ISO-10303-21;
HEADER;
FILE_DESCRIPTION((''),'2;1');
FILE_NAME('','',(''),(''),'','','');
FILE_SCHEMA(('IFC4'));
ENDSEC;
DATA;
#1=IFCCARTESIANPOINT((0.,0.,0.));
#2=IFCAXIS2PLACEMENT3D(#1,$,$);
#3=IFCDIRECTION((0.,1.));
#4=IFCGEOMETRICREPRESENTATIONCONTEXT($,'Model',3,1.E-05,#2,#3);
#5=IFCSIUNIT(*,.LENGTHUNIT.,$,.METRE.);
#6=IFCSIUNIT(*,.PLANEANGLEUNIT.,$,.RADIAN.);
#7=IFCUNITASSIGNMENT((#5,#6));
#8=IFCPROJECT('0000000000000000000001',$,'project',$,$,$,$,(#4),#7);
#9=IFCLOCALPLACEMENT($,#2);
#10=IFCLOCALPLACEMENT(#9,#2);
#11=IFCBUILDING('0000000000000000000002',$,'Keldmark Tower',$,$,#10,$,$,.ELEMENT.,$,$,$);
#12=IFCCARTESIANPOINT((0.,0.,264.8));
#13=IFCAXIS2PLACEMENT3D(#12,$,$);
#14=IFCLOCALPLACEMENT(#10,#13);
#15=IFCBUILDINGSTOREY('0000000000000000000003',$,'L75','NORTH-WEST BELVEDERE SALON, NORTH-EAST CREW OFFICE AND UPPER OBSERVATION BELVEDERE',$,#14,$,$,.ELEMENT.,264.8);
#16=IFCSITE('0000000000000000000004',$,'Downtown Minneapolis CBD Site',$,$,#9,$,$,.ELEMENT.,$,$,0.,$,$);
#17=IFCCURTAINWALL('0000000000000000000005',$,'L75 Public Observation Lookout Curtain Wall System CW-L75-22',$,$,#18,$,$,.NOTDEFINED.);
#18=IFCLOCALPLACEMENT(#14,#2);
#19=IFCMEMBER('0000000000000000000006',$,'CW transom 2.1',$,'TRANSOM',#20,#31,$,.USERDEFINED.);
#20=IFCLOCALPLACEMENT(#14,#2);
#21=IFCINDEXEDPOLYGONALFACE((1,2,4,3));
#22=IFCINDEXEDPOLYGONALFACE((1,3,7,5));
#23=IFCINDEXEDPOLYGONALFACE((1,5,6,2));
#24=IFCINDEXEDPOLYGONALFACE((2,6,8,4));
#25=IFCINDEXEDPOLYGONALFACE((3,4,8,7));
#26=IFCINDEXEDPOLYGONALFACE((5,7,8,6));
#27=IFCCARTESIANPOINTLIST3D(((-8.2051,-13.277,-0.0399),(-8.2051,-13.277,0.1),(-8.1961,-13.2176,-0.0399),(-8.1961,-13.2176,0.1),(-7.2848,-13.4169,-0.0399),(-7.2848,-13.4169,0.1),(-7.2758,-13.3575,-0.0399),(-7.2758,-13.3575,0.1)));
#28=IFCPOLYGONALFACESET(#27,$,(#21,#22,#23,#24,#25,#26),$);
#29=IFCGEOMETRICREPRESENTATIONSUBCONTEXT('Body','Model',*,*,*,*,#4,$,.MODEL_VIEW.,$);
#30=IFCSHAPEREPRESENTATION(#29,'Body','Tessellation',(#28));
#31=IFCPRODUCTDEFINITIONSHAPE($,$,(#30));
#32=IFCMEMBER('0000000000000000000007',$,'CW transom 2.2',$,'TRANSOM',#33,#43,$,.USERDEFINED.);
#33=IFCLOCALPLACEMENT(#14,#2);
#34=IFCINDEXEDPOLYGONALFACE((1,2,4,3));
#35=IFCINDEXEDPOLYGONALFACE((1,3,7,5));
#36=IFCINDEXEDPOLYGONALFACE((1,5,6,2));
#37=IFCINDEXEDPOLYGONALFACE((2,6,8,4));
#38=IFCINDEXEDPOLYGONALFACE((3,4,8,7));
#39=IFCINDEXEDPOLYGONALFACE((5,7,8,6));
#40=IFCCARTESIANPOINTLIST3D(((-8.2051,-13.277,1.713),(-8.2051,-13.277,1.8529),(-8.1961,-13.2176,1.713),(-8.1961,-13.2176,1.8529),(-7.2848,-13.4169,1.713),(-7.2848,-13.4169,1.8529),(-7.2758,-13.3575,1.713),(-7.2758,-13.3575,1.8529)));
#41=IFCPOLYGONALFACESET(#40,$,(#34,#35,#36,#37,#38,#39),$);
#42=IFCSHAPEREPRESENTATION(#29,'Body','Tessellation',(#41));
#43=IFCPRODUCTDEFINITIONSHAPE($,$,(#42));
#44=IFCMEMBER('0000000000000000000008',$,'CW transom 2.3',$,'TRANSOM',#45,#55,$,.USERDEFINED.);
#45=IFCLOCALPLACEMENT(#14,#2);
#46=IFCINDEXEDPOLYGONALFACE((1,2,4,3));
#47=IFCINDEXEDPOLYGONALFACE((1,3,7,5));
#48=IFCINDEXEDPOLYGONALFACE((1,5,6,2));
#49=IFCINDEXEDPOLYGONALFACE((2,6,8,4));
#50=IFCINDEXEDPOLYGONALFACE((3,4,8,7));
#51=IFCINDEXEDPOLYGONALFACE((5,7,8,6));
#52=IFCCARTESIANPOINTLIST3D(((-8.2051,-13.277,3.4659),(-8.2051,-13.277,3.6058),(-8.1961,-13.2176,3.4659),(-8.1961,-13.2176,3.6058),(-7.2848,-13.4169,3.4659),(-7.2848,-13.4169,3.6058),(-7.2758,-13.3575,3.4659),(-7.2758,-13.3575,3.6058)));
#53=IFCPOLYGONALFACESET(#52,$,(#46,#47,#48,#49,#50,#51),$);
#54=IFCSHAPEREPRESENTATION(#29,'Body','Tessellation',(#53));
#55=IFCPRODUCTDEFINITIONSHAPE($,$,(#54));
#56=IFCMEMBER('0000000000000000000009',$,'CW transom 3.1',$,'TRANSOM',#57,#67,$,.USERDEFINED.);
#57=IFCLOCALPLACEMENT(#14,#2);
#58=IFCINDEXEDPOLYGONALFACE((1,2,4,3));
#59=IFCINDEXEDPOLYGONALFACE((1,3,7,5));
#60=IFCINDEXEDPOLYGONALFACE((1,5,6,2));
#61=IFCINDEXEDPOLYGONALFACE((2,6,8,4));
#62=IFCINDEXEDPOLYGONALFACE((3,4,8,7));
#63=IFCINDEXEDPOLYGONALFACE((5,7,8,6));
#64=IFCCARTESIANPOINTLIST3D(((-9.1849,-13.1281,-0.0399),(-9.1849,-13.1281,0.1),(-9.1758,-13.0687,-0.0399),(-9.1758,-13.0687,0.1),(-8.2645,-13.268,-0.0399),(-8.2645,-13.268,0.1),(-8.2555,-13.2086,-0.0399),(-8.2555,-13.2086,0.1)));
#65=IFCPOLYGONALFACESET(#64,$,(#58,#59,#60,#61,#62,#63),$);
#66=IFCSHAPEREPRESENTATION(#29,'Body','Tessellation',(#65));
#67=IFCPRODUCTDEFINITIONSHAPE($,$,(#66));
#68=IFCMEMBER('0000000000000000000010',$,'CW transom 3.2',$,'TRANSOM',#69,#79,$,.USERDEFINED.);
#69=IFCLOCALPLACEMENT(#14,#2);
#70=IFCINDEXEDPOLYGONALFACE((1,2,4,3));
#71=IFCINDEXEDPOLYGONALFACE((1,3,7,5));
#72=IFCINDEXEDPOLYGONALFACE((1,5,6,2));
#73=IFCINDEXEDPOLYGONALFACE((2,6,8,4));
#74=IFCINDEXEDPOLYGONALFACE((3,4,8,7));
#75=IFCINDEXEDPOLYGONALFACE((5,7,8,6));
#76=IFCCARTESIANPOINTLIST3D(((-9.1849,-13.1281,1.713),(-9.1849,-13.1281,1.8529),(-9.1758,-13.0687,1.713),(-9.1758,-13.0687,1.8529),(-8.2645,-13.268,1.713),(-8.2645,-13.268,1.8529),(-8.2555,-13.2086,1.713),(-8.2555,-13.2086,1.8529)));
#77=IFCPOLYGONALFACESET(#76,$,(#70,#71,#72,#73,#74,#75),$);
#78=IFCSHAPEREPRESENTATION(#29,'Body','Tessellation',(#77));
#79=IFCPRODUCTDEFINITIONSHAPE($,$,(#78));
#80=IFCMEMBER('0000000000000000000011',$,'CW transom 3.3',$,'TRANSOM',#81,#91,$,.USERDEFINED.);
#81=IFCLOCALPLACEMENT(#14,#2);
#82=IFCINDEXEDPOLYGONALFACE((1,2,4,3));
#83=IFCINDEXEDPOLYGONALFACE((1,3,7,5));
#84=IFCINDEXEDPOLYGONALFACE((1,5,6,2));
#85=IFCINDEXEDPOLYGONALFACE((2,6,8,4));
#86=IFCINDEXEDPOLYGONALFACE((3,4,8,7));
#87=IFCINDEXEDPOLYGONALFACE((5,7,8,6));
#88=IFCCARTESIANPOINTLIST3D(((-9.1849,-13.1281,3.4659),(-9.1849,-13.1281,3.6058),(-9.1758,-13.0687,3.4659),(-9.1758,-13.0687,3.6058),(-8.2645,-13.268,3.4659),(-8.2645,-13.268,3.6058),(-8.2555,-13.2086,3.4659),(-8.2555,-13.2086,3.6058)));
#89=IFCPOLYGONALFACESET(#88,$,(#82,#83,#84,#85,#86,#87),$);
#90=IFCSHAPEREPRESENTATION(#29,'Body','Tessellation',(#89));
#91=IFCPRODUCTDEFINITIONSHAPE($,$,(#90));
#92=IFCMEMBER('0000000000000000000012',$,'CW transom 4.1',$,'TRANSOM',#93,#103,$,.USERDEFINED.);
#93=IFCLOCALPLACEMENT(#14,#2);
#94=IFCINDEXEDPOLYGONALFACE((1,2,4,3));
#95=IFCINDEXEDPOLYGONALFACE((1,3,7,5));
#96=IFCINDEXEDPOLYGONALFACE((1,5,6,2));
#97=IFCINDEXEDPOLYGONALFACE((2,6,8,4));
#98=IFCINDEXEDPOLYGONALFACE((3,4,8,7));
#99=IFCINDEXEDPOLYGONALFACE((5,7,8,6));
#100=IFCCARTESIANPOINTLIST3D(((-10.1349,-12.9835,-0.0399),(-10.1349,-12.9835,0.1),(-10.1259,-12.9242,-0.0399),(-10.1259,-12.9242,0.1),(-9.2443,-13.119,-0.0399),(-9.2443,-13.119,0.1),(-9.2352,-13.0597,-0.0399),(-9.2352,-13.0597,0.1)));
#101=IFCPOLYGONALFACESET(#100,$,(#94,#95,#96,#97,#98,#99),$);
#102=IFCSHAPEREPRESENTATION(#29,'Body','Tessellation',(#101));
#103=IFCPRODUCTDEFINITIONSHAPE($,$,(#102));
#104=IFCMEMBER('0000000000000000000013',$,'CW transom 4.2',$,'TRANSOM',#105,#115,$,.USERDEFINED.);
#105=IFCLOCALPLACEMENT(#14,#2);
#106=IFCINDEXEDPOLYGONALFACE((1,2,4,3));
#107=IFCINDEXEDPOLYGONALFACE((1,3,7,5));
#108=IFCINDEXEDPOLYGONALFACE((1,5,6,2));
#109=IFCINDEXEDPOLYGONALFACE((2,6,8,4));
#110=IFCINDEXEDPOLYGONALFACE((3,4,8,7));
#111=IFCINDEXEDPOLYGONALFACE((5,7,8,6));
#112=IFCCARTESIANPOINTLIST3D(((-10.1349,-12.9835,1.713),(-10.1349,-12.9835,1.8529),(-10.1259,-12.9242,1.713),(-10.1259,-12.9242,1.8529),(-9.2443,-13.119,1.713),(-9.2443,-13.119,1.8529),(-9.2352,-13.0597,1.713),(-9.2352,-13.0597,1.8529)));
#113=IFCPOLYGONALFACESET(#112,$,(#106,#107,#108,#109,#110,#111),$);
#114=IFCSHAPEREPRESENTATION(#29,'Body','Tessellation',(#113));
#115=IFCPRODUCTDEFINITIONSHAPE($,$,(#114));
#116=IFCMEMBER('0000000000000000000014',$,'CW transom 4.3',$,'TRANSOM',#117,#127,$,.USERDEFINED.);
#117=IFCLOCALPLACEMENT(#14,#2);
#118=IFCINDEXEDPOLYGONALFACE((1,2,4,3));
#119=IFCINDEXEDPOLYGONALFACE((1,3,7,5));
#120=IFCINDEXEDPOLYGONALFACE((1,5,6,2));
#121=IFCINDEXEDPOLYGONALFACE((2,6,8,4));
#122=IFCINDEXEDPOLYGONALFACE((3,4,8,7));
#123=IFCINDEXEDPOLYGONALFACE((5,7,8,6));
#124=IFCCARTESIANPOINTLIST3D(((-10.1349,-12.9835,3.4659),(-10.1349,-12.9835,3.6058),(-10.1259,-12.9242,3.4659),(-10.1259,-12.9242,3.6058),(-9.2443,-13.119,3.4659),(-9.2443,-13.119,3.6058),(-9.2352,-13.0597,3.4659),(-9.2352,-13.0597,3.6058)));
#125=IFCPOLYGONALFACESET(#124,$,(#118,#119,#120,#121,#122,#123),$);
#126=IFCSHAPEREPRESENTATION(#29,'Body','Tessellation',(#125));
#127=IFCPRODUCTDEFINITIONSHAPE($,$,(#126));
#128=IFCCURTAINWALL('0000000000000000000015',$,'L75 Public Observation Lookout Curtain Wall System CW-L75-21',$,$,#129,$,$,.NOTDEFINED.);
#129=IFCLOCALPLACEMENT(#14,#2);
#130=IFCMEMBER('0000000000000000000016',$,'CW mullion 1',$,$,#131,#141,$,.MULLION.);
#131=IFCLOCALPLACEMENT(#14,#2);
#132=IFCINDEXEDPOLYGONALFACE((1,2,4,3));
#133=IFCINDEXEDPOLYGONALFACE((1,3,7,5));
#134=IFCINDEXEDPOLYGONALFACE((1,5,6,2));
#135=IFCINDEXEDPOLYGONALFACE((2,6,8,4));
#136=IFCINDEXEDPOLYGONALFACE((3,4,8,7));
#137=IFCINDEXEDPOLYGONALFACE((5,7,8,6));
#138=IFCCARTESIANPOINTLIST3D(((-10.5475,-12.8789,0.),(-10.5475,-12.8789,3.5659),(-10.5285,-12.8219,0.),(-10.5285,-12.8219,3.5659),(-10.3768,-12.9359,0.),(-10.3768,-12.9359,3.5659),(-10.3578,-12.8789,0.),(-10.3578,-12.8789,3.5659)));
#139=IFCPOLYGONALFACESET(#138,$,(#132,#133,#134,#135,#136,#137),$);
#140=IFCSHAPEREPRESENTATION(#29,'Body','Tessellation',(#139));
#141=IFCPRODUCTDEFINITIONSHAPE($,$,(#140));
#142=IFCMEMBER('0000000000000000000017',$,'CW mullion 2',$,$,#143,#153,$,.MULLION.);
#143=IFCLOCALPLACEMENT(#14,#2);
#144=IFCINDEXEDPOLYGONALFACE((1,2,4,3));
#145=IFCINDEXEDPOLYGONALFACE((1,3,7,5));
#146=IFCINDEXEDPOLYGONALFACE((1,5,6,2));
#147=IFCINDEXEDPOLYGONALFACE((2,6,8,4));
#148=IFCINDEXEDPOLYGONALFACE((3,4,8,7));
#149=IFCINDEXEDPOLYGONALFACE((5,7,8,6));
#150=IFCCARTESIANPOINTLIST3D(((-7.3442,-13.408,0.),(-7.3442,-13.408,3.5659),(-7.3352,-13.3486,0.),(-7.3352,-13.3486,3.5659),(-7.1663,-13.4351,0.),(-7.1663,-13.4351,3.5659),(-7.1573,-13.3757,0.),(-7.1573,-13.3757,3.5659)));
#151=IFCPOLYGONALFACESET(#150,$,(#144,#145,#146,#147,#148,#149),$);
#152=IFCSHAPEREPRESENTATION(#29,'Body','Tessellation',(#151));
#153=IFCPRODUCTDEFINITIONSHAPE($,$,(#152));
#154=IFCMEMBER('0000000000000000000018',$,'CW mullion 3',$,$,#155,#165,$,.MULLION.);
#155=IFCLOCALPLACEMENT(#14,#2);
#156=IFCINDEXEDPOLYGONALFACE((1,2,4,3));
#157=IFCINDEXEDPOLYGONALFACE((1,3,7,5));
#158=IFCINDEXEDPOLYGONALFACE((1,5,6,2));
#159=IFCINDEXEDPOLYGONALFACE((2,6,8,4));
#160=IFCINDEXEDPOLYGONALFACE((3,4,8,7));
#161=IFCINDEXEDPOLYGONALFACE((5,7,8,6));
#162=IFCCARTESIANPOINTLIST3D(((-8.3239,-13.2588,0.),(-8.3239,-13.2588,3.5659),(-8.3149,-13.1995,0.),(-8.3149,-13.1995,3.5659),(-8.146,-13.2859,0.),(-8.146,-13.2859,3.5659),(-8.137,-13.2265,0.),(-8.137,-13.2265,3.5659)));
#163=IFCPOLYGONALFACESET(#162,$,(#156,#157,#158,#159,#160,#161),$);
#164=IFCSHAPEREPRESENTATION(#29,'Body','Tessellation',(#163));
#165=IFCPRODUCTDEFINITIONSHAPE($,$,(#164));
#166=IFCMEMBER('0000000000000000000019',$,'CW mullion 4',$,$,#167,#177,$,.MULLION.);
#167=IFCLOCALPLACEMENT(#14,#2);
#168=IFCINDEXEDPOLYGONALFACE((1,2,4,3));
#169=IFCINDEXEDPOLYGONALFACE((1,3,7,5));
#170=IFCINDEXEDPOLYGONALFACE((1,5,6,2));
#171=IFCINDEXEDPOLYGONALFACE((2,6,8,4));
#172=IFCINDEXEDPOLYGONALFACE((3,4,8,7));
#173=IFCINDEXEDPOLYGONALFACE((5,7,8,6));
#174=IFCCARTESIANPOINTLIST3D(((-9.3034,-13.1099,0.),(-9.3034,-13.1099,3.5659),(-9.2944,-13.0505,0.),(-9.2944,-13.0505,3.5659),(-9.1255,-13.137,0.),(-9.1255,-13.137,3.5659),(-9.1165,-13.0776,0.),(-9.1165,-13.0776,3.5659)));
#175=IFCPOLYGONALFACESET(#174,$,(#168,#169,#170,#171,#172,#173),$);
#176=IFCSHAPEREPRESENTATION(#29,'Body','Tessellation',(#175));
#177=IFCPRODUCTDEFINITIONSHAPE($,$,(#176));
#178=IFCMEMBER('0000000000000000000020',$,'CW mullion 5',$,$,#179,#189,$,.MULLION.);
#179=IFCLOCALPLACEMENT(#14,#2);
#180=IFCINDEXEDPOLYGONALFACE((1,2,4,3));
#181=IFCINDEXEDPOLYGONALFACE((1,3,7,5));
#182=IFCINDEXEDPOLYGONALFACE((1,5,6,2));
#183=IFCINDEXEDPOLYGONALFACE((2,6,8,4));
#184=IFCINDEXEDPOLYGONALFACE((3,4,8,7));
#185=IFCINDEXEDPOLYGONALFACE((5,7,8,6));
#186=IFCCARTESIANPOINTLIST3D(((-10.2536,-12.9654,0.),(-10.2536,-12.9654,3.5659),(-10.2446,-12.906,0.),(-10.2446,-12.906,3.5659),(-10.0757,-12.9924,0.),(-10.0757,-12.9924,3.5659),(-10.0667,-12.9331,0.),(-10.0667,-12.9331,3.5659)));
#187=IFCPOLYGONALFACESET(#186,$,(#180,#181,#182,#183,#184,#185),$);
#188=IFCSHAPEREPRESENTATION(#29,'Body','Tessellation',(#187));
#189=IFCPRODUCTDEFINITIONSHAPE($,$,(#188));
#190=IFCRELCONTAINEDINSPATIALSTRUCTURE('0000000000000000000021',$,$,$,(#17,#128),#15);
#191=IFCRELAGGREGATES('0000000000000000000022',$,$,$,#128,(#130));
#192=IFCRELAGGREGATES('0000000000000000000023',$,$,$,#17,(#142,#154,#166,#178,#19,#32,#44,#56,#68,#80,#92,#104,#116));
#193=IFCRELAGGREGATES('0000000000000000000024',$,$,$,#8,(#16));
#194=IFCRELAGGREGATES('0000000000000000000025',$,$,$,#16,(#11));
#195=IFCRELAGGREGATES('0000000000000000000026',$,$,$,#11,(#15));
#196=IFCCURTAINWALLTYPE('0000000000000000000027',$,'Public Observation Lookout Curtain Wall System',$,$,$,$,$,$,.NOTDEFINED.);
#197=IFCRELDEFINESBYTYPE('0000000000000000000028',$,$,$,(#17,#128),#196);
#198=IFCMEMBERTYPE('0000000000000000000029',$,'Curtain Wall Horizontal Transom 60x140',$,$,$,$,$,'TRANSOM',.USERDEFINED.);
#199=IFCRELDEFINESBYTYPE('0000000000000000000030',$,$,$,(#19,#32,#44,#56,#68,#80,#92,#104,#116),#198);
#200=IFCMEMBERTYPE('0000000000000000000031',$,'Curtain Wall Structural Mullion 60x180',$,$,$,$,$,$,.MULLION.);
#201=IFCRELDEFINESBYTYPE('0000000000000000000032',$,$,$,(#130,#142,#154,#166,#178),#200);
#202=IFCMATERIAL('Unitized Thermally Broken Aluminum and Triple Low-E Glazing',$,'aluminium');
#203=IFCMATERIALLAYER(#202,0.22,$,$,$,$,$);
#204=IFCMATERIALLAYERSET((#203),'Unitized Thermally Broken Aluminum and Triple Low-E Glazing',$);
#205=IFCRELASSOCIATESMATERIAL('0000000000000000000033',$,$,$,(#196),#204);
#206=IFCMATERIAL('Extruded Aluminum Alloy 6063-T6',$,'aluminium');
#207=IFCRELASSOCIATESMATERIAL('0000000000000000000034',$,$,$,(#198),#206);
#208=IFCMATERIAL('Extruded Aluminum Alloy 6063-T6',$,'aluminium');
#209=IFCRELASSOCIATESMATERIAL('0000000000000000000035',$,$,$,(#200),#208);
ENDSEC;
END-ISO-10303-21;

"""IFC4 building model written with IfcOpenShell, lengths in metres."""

from ifc_helpers import new_model, si_unit, direction, frame, origin, origin_2d, place, context, subcontext, project, spatial, rectangle, extrude, material, layer, layer_set, material_profile, profile_set, type_object, element, aggregate, save


model = new_model("IFC4")

# Units and contexts
model_context = context("Model", 3, precision=1e-05, world=origin(), true_north=direction((0.0, 1.0)))
body_context = subcontext(model_context, "Body", "Model", "MODEL_VIEW")
ifc_project = project(units=[si_unit("LENGTHUNIT", "METRE"), si_unit("PLANEANGLEUNIT", "RADIAN")], contexts=[model_context])

# Site, building, storey
site_placement = place(None, origin())
site = spatial("IfcSite", under=ifc_project, at=site_placement, Name="Downtown Minneapolis CBD Site", CompositionType="ELEMENT", RefElevation=0.0)
building_placement = place(site_placement, origin())
building = spatial("IfcBuilding", under=site, at=building_placement, Name="Keldmark Tower", CompositionType="ELEMENT")
storey_placement = place(building_placement, frame((0.0, 0.0, 264.8)))
storey = spatial("IfcBuildingStorey", under=building, at=storey_placement, Name="L75", Description="NORTH-WEST BELVEDERE SALON, NORTH-EAST CREW OFFICE AND UPPER OBSERVATION BELVEDERE", CompositionType="ELEMENT", Elevation=264.8)

# Curtain wall, members
ifc_material_1 = material(Name="Unitized Thermally Broken Aluminum and Triple Low-E Glazing", Category="aluminium")
ifc_layer_1 = layer(ifc_material_1, 0.22)
ifc_layer_set_1 = layer_set([ifc_layer_1], Name="Unitized Thermally Broken Aluminum and Triple Low-E Glazing")
curtain_wall_type = type_object("IfcCurtainWallType", Name="Public Observation Lookout Curtain Wall System", PredefinedType="NOTDEFINED", material=ifc_layer_set_1)
curtain_wall_1_placement = place(storey_placement, origin())
curtain_wall_1 = element("IfcCurtainWall", 1, at=curtain_wall_1_placement, inside=storey, type_object=curtain_wall_type, Name="L75 Public Observation Lookout Curtain Wall System CW-L75-22", PredefinedType="NOTDEFINED")
ifc_material_2 = material(Name="Extruded Aluminum Alloy 6063-T6", Category="aluminium")
ifc_material_profile_1 = material_profile(ifc_material_2, rectangle(XDim=0.0601, YDim=0.1399, at=origin_2d()), Name="CWT60X140")
ifc_profile_set_1 = profile_set([ifc_material_profile_1], Name="Extruded Aluminum Alloy 6063-T6")
member_type_1 = type_object("IfcMemberType", Name="Curtain Wall Horizontal Transom 60x140", ElementType="TRANSOM", PredefinedType="USERDEFINED", material=ifc_profile_set_1)
member_1_placement = place(storey_placement, frame((-7.2803, -13.3872, 0.03), z_axis=(-0.988646, 0.150264, 0.0), x_axis=(-0.150264, -0.988646, 0.0)))
member_1 = element("IfcMember", 2, at=member_1_placement, type_object=member_type_1, Name="CW transom 2.1", ObjectType="TRANSOM", PredefinedType="USERDEFINED", context=body_context, shape_type="SweptSolid", body=[
    extrude(rectangle(XDim=0.0601, YDim=0.1399, at=origin_2d()), origin(), (0.0, 0.0, 1.0), 0.9309),
])
member_2_placement = place(storey_placement, frame((-7.2803, -13.3872, 1.783), z_axis=(-0.988646, 0.150264, 0.0), x_axis=(-0.150264, -0.988646, 0.0)))
member_2 = element("IfcMember", 3, at=member_2_placement, type_object=member_type_1, Name="CW transom 2.2", ObjectType="TRANSOM", PredefinedType="USERDEFINED", context=body_context, shape_type="SweptSolid", body=[
    extrude(rectangle(XDim=0.0601, YDim=0.1399, at=origin_2d()), origin(), (0.0, 0.0, 1.0), 0.9309),
])
member_3_placement = place(storey_placement, frame((-7.2803, -13.3872, 3.5359), z_axis=(-0.988646, 0.150264, 0.0), x_axis=(-0.150264, -0.988646, 0.0)))
member_3 = element("IfcMember", 4, at=member_3_placement, type_object=member_type_1, Name="CW transom 2.3", ObjectType="TRANSOM", PredefinedType="USERDEFINED", context=body_context, shape_type="SweptSolid", body=[
    extrude(rectangle(XDim=0.0601, YDim=0.1399, at=origin_2d()), origin(), (0.0, 0.0, 1.0), 0.9309),
])
member_4_placement = place(storey_placement, frame((-8.26, -13.2383, 0.03), z_axis=(-0.988646, 0.150264, 0.0), x_axis=(-0.150264, -0.988646, 0.0)))
member_4 = element("IfcMember", 5, at=member_4_placement, type_object=member_type_1, Name="CW transom 3.1", ObjectType="TRANSOM", PredefinedType="USERDEFINED", context=body_context, shape_type="SweptSolid", body=[
    extrude(rectangle(XDim=0.0601, YDim=0.1399, at=origin_2d()), origin(), (0.0, 0.0, 1.0), 0.9309),
])
member_5_placement = place(storey_placement, frame((-8.26, -13.2383, 1.783), z_axis=(-0.988646, 0.150264, 0.0), x_axis=(-0.150264, -0.988646, 0.0)))
member_5 = element("IfcMember", 6, at=member_5_placement, type_object=member_type_1, Name="CW transom 3.2", ObjectType="TRANSOM", PredefinedType="USERDEFINED", context=body_context, shape_type="SweptSolid", body=[
    extrude(rectangle(XDim=0.0601, YDim=0.1399, at=origin_2d()), origin(), (0.0, 0.0, 1.0), 0.9309),
])
member_6_placement = place(storey_placement, frame((-8.26, -13.2383, 3.5359), z_axis=(-0.988646, 0.150264, 0.0), x_axis=(-0.150264, -0.988646, 0.0)))
member_6 = element("IfcMember", 7, at=member_6_placement, type_object=member_type_1, Name="CW transom 3.3", ObjectType="TRANSOM", PredefinedType="USERDEFINED", context=body_context, shape_type="SweptSolid", body=[
    extrude(rectangle(XDim=0.0601, YDim=0.1399, at=origin_2d()), origin(), (0.0, 0.0, 1.0), 0.9309),
])
member_7_placement = place(storey_placement, frame((-9.2397, -13.0894, 0.03), z_axis=(-0.988624, 0.150407, 0.0), x_axis=(-0.150407, -0.988624, 0.0)))
member_7 = element("IfcMember", 8, at=member_7_placement, type_object=member_type_1, Name="CW transom 4.1", ObjectType="TRANSOM", PredefinedType="USERDEFINED", context=body_context, shape_type="SweptSolid", body=[
    extrude(rectangle(XDim=0.0601, YDim=0.1399, at=origin_2d()), origin(), (0.0, 0.0, 1.0), 0.9009),
])
member_8_placement = place(storey_placement, frame((-9.2397, -13.0894, 1.783), z_axis=(-0.988624, 0.150407, 0.0), x_axis=(-0.150407, -0.988624, 0.0)))
member_8 = element("IfcMember", 9, at=member_8_placement, type_object=member_type_1, Name="CW transom 4.2", ObjectType="TRANSOM", PredefinedType="USERDEFINED", context=body_context, shape_type="SweptSolid", body=[
    extrude(rectangle(XDim=0.0601, YDim=0.1399, at=origin_2d()), origin(), (0.0, 0.0, 1.0), 0.9009),
])
member_9_placement = place(storey_placement, frame((-9.2397, -13.0894, 3.5359), z_axis=(-0.988624, 0.150407, 0.0), x_axis=(-0.150407, -0.988624, 0.0)))
member_9 = element("IfcMember", 10, at=member_9_placement, type_object=member_type_1, Name="CW transom 4.3", ObjectType="TRANSOM", PredefinedType="USERDEFINED", context=body_context, shape_type="SweptSolid", body=[
    extrude(rectangle(XDim=0.0601, YDim=0.1399, at=origin_2d()), origin(), (0.0, 0.0, 1.0), 0.9009),
])

# Curtain wall, member
curtain_wall_2_placement = place(storey_placement, origin())
curtain_wall_2 = element("IfcCurtainWall", 11, at=curtain_wall_2_placement, inside=storey, type_object=curtain_wall_type, Name="L75 Public Observation Lookout Curtain Wall System CW-L75-21", PredefinedType="NOTDEFINED")
ifc_material_3 = material(Name="Extruded Aluminum Alloy 6063-T6", Category="aluminium")
ifc_material_profile_2 = material_profile(ifc_material_3, rectangle(XDim=0.0601, YDim=0.1799, at=origin_2d()), Name="CWM60X180")
ifc_profile_set_2 = profile_set([ifc_material_profile_2], Name="Extruded Aluminum Alloy 6063-T6")
member_type_2 = type_object("IfcMemberType", Name="Curtain Wall Structural Mullion 60x180", PredefinedType="MULLION", material=ifc_profile_set_2)
member_10_placement = place(storey_placement, frame((-10.4526, -12.8789, 0.0), z_axis=(0.0, 0.0, 1.0), x_axis=(-0.316776, -0.9485, 0.0)))
member_10 = element("IfcMember", 12, at=member_10_placement, type_object=member_type_2, Name="CW mullion 1", PredefinedType="MULLION", context=body_context, shape_type="SweptSolid", body=[
    extrude(rectangle(XDim=0.0601, YDim=0.1799, at=origin_2d()), origin(), (0.0, 0.0, 1.0), 3.5659),
])
aggregate(curtain_wall_2, [member_10])

# Members
member_11_placement = place(storey_placement, frame((-7.2507, -13.3918, 0.0), z_axis=(0.0, 0.0, 1.0), x_axis=(-0.150337, -0.988635, 0.0)))
member_11 = element("IfcMember", 13, at=member_11_placement, type_object=member_type_2, Name="CW mullion 2", PredefinedType="MULLION", context=body_context, shape_type="SweptSolid", body=[
    extrude(rectangle(XDim=0.0601, YDim=0.1799, at=origin_2d()), origin(), (0.0, 0.0, 1.0), 3.5659),
])
member_12_placement = place(storey_placement, frame((-8.2305, -13.2427, 0.0), z_axis=(0.0, 0.0, 1.0), x_axis=(-0.150337, -0.988635, 0.0)))
member_12 = element("IfcMember", 14, at=member_12_placement, type_object=member_type_2, Name="CW mullion 3", PredefinedType="MULLION", context=body_context, shape_type="SweptSolid", body=[
    extrude(rectangle(XDim=0.0601, YDim=0.1799, at=origin_2d()), origin(), (0.0, 0.0, 1.0), 3.5659),
])
member_13_placement = place(storey_placement, frame((-9.21, -13.0938, 0.0), z_axis=(0.0, 0.0, 1.0), x_axis=(-0.150337, -0.988635, 0.0)))
member_13 = element("IfcMember", 15, at=member_13_placement, type_object=member_type_2, Name="CW mullion 4", PredefinedType="MULLION", context=body_context, shape_type="SweptSolid", body=[
    extrude(rectangle(XDim=0.0601, YDim=0.1799, at=origin_2d()), origin(), (0.0, 0.0, 1.0), 3.5659),
])
member_14_placement = place(storey_placement, frame((-10.1602, -12.9492, 0.0), z_axis=(0.0, 0.0, 1.0), x_axis=(-0.150337, -0.988635, 0.0)))
member_14 = element("IfcMember", 16, at=member_14_placement, type_object=member_type_2, Name="CW mullion 5", PredefinedType="MULLION", context=body_context, shape_type="SweptSolid", body=[
    extrude(rectangle(XDim=0.0601, YDim=0.1799, at=origin_2d()), origin(), (0.0, 0.0, 1.0), 3.5659),
])

aggregate(curtain_wall_1, [member_11, member_12, member_13, member_14, member_1, member_2, member_3, member_4, member_5, member_6, member_7, member_8, member_9])

save(model, "model.ifc")
